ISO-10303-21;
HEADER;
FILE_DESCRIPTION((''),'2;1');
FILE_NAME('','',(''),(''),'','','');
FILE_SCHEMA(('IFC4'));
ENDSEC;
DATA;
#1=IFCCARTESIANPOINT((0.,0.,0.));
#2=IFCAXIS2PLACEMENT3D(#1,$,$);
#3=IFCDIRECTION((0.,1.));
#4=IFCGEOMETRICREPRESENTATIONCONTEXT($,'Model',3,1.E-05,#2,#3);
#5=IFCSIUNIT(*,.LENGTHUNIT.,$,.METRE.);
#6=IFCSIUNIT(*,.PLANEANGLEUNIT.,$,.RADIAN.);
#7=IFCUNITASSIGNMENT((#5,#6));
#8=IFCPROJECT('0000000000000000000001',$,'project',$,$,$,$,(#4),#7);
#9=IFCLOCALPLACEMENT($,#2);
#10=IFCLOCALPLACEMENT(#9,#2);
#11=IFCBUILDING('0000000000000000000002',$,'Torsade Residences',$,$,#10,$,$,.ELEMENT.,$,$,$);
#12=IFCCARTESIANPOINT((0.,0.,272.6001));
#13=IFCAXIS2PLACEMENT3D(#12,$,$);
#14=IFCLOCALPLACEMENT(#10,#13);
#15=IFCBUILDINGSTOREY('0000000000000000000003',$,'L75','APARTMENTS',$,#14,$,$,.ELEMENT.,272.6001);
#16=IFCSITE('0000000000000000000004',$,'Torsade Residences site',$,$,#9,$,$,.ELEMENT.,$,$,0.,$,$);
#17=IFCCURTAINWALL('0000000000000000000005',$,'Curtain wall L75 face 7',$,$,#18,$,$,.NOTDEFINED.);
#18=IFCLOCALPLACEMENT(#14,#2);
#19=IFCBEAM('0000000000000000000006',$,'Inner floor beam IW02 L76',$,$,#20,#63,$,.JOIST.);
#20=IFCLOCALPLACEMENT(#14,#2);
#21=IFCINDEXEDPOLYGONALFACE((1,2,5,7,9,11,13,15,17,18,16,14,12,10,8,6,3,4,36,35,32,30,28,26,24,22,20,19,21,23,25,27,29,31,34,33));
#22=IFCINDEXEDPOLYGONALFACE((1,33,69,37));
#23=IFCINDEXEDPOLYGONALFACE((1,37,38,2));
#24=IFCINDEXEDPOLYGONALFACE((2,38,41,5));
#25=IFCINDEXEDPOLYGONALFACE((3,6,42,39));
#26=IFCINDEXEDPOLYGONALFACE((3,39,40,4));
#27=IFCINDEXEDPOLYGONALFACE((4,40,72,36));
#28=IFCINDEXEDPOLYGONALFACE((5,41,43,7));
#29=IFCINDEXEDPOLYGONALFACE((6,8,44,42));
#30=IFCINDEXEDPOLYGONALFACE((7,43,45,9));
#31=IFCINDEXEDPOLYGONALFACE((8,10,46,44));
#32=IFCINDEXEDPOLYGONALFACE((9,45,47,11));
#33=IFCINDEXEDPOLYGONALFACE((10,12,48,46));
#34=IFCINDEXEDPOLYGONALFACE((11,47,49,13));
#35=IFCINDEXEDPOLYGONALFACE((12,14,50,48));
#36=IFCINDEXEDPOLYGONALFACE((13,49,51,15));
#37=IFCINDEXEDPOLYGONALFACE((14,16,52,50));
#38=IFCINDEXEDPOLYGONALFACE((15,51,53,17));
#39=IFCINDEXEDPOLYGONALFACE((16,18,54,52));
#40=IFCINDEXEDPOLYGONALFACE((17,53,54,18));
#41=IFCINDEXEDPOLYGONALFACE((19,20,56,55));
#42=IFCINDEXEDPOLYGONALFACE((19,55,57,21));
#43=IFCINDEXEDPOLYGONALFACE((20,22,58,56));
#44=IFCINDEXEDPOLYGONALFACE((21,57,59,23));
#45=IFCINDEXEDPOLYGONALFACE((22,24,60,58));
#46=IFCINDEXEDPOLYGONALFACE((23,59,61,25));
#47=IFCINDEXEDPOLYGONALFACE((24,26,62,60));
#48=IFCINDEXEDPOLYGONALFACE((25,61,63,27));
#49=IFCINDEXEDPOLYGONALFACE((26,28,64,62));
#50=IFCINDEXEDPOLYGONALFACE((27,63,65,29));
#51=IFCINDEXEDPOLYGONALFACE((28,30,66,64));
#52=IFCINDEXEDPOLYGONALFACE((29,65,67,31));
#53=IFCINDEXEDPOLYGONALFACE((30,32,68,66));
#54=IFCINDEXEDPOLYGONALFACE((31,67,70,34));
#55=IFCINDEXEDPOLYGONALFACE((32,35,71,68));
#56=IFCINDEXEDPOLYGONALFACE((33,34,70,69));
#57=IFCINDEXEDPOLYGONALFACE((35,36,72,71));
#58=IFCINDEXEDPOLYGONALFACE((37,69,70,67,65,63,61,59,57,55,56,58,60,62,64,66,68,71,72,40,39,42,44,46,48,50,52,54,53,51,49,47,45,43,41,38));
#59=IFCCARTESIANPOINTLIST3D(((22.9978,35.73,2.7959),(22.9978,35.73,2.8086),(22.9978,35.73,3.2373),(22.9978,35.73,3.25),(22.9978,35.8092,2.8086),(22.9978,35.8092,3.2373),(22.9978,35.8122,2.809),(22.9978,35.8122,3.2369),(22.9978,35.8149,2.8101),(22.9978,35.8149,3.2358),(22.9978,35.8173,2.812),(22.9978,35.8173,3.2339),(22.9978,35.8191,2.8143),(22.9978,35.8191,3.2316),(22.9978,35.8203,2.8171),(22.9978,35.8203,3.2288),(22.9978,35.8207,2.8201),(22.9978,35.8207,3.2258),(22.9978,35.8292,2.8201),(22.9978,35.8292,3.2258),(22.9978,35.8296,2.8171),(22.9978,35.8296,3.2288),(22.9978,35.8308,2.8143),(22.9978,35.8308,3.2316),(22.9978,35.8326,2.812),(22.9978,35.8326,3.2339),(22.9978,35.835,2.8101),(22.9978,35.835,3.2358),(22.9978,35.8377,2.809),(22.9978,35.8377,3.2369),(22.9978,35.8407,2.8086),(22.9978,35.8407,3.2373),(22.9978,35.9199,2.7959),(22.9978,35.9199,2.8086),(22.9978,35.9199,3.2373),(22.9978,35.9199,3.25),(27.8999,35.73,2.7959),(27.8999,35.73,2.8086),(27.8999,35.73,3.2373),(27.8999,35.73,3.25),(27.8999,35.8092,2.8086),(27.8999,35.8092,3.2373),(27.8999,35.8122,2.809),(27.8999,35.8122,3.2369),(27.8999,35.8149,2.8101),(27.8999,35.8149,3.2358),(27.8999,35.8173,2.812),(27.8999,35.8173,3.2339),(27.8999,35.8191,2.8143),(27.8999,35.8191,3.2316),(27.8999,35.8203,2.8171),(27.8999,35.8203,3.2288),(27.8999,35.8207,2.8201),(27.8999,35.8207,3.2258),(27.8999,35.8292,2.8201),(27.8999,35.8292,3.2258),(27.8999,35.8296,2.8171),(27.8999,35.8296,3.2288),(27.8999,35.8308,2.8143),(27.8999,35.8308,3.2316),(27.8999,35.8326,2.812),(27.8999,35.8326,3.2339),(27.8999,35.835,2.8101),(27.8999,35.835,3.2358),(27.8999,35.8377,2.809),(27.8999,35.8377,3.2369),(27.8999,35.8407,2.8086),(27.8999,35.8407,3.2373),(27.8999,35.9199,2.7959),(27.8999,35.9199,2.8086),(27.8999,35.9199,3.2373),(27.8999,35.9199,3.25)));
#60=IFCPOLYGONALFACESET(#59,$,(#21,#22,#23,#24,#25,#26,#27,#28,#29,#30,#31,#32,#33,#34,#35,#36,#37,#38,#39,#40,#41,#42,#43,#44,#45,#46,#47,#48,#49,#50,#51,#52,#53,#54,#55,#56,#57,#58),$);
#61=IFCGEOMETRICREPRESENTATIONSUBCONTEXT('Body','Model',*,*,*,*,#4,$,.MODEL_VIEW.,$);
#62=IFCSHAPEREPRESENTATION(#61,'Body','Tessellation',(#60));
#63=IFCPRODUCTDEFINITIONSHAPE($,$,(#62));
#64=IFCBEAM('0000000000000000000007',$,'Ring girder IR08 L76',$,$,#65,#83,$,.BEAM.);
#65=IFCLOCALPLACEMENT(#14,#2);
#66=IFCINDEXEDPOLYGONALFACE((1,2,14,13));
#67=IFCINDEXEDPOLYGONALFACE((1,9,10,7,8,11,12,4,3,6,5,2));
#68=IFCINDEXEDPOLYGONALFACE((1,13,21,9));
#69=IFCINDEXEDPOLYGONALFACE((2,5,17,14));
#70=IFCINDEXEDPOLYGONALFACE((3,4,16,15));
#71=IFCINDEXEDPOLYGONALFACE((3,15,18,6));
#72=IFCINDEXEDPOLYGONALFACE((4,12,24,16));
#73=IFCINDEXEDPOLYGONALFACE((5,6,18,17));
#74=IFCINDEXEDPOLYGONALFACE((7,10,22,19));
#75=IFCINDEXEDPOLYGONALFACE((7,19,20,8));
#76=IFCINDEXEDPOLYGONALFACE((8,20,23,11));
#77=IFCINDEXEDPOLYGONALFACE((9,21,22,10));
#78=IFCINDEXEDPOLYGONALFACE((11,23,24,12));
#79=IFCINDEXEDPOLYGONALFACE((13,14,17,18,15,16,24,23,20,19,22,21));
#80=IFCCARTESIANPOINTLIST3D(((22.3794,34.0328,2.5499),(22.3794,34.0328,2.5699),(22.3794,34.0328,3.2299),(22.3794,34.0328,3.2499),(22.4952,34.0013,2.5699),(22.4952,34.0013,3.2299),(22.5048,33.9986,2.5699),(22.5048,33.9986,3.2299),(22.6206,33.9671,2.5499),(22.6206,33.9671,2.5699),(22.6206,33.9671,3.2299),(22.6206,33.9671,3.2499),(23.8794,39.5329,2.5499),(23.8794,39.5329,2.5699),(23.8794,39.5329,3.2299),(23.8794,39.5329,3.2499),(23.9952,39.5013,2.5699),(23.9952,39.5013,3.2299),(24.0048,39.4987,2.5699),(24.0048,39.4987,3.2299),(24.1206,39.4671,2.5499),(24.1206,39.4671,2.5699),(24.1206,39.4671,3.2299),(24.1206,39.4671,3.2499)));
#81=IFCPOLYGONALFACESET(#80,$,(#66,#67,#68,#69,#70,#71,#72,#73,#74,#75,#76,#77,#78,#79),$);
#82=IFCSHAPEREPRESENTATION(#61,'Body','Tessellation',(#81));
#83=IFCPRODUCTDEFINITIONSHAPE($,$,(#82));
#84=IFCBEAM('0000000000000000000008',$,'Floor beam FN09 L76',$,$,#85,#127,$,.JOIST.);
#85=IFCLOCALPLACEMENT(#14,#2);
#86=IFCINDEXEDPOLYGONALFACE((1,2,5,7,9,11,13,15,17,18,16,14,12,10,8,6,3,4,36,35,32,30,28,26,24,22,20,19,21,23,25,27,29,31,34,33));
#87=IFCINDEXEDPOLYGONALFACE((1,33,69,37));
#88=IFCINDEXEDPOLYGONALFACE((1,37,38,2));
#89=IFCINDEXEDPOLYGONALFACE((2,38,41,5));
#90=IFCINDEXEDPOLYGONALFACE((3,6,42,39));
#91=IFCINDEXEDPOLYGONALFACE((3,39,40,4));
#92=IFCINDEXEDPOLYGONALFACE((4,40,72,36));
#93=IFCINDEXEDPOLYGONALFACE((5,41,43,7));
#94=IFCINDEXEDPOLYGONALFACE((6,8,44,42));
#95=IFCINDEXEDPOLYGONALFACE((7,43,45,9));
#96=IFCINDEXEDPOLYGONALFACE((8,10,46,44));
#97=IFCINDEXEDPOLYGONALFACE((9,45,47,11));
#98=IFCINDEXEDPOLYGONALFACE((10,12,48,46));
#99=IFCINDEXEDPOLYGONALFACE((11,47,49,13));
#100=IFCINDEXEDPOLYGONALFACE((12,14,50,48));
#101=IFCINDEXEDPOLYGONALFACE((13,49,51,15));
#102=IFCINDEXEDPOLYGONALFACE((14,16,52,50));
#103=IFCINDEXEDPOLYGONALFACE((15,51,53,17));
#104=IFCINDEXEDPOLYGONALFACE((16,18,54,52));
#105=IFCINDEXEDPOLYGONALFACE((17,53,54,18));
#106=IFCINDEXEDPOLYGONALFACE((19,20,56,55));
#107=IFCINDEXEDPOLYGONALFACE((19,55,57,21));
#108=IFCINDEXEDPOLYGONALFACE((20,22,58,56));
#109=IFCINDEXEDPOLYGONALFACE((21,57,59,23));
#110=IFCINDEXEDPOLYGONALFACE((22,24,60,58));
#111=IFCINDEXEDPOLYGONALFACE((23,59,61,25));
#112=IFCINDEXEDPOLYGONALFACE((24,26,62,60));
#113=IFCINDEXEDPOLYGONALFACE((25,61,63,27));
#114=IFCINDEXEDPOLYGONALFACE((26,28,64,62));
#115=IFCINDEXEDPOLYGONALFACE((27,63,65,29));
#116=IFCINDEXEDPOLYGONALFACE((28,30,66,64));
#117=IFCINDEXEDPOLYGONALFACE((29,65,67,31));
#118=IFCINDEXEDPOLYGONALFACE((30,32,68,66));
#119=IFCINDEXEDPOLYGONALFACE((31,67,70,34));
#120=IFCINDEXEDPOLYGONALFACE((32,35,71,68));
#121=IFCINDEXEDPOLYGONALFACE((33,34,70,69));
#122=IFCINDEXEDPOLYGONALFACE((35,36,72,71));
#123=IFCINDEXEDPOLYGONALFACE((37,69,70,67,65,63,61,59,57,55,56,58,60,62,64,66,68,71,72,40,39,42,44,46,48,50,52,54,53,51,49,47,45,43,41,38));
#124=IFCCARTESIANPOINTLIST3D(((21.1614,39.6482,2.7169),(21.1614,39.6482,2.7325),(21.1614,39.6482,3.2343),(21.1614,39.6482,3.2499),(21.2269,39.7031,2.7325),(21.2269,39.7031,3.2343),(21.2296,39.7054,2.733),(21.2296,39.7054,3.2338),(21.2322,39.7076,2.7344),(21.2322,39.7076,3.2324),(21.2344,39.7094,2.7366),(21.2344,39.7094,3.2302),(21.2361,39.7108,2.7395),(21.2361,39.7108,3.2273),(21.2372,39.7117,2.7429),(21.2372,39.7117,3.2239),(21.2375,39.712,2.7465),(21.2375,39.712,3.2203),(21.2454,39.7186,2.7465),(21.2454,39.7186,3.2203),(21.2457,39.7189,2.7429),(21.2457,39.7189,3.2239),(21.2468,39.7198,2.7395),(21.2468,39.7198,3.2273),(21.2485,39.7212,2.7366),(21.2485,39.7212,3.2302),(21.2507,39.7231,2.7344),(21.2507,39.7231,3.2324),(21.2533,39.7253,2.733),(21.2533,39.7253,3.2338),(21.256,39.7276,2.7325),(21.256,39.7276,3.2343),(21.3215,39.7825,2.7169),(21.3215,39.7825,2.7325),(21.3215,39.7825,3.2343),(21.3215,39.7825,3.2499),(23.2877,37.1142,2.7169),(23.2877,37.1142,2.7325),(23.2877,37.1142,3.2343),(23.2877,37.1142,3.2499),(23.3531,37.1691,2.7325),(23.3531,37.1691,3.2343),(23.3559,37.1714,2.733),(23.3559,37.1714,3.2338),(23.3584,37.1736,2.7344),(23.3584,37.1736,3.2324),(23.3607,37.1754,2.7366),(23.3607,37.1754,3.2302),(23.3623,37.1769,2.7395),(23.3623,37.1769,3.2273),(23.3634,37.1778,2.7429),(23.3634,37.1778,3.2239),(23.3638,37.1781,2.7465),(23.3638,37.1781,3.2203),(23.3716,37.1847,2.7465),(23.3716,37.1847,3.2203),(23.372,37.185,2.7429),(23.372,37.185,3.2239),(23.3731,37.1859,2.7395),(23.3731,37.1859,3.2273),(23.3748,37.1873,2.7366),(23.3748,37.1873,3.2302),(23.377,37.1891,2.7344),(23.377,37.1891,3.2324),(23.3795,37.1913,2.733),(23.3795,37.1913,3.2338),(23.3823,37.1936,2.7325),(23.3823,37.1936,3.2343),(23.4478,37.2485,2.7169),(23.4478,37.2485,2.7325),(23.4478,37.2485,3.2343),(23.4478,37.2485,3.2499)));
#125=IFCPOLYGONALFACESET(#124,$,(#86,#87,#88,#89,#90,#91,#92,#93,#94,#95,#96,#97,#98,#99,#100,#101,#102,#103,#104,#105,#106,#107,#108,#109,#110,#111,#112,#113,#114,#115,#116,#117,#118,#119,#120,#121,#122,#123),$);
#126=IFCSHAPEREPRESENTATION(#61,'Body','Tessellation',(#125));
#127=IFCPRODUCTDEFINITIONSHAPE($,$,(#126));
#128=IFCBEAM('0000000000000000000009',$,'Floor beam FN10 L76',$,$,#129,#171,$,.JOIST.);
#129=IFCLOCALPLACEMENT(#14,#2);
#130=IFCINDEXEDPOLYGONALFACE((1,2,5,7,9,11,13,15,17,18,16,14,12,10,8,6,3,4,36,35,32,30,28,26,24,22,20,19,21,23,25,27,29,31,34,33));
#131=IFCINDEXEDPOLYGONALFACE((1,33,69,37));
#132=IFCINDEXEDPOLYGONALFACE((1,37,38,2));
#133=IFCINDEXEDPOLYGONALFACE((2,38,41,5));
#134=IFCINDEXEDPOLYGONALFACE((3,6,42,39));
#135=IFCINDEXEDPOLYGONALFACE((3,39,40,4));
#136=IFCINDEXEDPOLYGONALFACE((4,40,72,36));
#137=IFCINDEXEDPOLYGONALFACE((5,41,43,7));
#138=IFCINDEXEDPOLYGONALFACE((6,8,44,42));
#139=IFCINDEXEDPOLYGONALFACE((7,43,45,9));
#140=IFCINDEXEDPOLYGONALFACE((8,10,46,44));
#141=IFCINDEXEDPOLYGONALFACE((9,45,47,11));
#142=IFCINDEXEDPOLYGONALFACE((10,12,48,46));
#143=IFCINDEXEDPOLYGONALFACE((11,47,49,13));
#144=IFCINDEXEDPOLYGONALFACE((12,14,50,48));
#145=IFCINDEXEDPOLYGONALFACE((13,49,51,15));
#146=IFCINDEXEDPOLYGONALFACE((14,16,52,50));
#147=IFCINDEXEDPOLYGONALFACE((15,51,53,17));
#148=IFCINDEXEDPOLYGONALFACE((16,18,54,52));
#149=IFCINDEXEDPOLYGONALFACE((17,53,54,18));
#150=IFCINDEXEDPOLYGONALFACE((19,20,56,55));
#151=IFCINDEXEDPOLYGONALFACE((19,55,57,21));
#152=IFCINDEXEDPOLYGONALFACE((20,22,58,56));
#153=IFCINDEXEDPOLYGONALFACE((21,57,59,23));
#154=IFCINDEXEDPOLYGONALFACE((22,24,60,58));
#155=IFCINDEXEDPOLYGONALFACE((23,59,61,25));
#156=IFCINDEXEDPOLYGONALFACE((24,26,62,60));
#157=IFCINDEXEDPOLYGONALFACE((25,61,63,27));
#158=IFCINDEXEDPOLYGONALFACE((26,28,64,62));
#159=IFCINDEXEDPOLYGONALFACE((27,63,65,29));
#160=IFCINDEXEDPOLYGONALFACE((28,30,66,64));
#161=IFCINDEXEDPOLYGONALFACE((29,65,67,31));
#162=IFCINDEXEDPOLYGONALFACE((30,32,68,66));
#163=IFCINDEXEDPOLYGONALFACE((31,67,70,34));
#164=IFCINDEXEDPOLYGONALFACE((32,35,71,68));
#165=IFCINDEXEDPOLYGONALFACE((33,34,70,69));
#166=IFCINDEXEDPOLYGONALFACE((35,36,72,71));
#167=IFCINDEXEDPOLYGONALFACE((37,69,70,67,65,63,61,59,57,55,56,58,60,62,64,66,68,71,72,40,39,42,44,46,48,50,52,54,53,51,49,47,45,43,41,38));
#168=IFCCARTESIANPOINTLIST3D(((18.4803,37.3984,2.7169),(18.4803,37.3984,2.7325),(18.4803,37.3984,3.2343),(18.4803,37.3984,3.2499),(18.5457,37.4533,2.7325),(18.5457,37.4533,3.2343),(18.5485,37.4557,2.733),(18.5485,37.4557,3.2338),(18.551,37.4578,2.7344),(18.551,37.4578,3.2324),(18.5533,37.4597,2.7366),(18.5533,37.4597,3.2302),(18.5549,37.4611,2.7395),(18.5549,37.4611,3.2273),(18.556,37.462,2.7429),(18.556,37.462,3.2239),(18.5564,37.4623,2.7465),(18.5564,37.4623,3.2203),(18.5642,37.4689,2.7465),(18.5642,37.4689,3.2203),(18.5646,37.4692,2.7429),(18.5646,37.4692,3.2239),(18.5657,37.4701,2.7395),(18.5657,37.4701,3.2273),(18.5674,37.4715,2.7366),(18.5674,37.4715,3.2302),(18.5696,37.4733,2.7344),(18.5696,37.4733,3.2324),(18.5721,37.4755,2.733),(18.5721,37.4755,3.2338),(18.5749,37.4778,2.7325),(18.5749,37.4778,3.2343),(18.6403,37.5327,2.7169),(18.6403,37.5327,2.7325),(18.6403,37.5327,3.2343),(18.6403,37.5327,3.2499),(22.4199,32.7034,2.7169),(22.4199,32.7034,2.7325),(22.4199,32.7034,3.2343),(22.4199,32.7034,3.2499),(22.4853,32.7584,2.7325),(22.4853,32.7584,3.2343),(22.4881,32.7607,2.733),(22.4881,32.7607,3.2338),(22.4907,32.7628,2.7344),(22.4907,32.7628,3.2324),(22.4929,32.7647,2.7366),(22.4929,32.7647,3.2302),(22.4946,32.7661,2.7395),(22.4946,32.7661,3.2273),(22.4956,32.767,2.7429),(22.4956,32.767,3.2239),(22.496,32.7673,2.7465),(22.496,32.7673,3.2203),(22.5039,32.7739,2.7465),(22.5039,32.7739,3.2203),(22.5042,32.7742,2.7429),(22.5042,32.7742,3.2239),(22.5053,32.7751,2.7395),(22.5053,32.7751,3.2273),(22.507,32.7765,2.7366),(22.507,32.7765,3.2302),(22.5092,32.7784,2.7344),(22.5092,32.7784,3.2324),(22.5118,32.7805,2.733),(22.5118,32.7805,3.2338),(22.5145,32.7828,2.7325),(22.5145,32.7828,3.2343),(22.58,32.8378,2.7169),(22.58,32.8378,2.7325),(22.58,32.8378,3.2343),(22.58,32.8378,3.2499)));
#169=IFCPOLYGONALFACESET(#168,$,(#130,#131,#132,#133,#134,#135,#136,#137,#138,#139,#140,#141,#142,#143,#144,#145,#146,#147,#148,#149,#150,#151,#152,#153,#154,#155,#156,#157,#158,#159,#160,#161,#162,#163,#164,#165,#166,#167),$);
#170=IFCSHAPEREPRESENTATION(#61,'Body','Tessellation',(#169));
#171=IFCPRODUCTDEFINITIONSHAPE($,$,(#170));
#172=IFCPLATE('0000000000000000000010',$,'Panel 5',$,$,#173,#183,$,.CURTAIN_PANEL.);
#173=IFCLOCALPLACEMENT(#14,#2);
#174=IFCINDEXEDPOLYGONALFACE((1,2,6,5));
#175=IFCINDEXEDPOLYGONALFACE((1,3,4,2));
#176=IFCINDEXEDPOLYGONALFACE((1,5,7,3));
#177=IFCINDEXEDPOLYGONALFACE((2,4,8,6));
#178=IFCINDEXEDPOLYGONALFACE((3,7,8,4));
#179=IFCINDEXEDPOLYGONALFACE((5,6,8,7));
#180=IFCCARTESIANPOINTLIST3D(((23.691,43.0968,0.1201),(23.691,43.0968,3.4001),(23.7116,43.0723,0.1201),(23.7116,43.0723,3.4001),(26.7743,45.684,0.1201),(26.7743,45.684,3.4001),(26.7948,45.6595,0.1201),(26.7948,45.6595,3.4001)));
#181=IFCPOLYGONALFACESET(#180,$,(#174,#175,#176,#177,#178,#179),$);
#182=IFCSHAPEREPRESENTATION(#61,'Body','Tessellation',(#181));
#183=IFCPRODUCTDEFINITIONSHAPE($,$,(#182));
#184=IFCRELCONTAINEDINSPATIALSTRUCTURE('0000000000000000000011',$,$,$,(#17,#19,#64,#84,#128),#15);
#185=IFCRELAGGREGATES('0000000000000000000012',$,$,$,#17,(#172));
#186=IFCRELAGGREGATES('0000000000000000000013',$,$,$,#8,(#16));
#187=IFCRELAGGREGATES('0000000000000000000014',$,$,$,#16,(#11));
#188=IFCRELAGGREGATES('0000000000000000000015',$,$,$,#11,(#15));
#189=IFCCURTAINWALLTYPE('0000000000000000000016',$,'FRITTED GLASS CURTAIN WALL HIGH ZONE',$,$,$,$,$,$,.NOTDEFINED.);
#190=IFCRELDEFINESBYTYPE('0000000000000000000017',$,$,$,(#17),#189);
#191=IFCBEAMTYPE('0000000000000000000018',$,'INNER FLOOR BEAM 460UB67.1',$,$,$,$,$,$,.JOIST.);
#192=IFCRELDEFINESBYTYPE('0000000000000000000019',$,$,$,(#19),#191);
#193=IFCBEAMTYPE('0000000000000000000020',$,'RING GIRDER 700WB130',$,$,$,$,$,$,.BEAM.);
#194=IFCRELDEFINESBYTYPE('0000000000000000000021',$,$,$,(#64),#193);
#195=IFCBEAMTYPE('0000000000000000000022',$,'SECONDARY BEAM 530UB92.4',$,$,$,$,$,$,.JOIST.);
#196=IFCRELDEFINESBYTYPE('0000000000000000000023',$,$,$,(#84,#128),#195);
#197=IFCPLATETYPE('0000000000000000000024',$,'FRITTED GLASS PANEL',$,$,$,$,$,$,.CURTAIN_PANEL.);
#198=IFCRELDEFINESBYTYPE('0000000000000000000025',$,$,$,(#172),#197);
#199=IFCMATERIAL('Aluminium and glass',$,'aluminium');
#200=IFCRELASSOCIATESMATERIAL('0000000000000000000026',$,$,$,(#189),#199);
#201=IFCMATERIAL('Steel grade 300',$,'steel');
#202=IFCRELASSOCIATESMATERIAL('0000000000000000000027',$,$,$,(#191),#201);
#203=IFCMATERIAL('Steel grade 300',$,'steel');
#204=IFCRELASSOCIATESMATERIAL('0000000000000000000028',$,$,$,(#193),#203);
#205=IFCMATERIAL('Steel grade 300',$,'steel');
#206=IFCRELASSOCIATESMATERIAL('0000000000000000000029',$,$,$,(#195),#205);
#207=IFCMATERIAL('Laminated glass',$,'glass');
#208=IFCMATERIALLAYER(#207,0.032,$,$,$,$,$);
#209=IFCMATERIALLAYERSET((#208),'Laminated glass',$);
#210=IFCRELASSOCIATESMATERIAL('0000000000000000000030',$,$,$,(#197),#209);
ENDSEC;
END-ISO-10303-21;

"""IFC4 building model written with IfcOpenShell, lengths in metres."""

from ifc_helpers import new_model, si_unit, direction, frame, origin, origin_2d, place, context, subcontext, project, spatial, rectangle, i_section, extrude, material, layer, layer_set, material_profile, profile_set, type_object, element, aggregate, save


model = new_model("IFC4")

# Units and contexts
model_context = context("Model", 3, precision=1e-05, world=origin(), true_north=direction((0.0, 1.0)))
body_context = subcontext(model_context, "Body", "Model", "MODEL_VIEW")
ifc_project = project(units=[si_unit("LENGTHUNIT", "METRE"), si_unit("PLANEANGLEUNIT", "RADIAN")], contexts=[model_context])

# Site, building, storey
site_placement = place(None, origin())
site = spatial("IfcSite", under=ifc_project, at=site_placement, Name="Torsade Residences site", CompositionType="ELEMENT", RefElevation=0.0)
building_placement = place(site_placement, origin())
building = spatial("IfcBuilding", under=site, at=building_placement, Name="Torsade Residences", CompositionType="ELEMENT")
storey_placement = place(building_placement, frame((0.0, 0.0, 272.6001)))
storey = spatial("IfcBuildingStorey", under=building, at=storey_placement, Name="L75", Description="APARTMENTS", CompositionType="ELEMENT", Elevation=272.6001)

# Curtain wall
ifc_material_1 = material(Name="Aluminium and glass", Category="aluminium")
curtain_wall_type = type_object("IfcCurtainWallType", Name="FRITTED GLASS CURTAIN WALL HIGH ZONE", PredefinedType="NOTDEFINED", material=ifc_material_1)
curtain_wall_placement = place(storey_placement, origin())
curtain_wall = element("IfcCurtainWall", 1, at=curtain_wall_placement, inside=storey, type_object=curtain_wall_type, Name="Curtain wall L75 face 7", PredefinedType="NOTDEFINED")

# Beams
ifc_material_2 = material(Name="Steel grade 300", Category="steel")
ifc_material_profile_1 = material_profile(ifc_material_2, i_section(OverallWidth=0.1899, OverallDepth=0.4541, WebThickness=0.0085, FlangeThickness=0.0127, FilletRadius=0.0115, at=origin_2d()), Name="460UB67.1")
ifc_profile_set_1 = profile_set([ifc_material_profile_1], Name="Steel grade 300")
beam_type_1 = type_object("IfcBeamType", Name="INNER FLOOR BEAM 460UB67.1", PredefinedType="JOIST", material=ifc_profile_set_1)
beam_1_placement = place(storey_placement, frame((27.8999, 35.825, 3.0229), z_axis=(-1.0, 0.0, 0.0), x_axis=(0.0, -1.0, 0.0)))
element("IfcBeam", 2, at=beam_1_placement, inside=storey, type_object=beam_type_1, Name="Inner floor beam IW02 L76", PredefinedType="JOIST", context=body_context, shape_type="SweptSolid", body=[
    extrude(i_section(OverallWidth=0.1899, OverallDepth=0.4541, WebThickness=0.0085, FlangeThickness=0.0127, FilletRadius=0.0115, at=origin_2d()), origin(), (0.0, 0.0, 1.0), 4.9021),
])
ifc_material_3 = material(Name="Steel grade 300", Category="steel")
ifc_material_profile_2 = material_profile(ifc_material_3, i_section(OverallWidth=0.25, OverallDepth=0.7, WebThickness=0.01, FlangeThickness=0.02, at=origin_2d()), Name="700WB130")
ifc_profile_set_2 = profile_set([ifc_material_profile_2], Name="Steel grade 300")
beam_type_2 = type_object("IfcBeamType", Name="RING GIRDER 700WB130", PredefinedType="BEAM", material=ifc_profile_set_2)
beam_2_placement = place(storey_placement, frame((24.0, 39.5, 2.8999), z_axis=(-0.263117, -0.964764, 0.0), x_axis=(0.964764, -0.263117, 0.0)))
element("IfcBeam", 3, at=beam_2_placement, inside=storey, type_object=beam_type_2, Name="Ring girder IR08 L76", PredefinedType="BEAM", context=body_context, shape_type="SweptSolid", body=[
    extrude(i_section(OverallWidth=0.25, OverallDepth=0.7, WebThickness=0.01, FlangeThickness=0.02, at=origin_2d()), origin(), (0.0, 0.0, 1.0), 5.7009),
])
ifc_material_4 = material(Name="Steel grade 300", Category="steel")
ifc_material_profile_3 = material_profile(ifc_material_4, i_section(OverallWidth=0.209, OverallDepth=0.533, WebThickness=0.0103, FlangeThickness=0.0156, FilletRadius=0.0139, at=origin_2d()), Name="530UB92.4")
ifc_profile_set_3 = profile_set([ifc_material_profile_3], Name="Steel grade 300")
beam_type_3 = type_object("IfcBeamType", Name="SECONDARY BEAM 530UB92.4", PredefinedType="JOIST", material=ifc_profile_set_3)
beam_3_placement = place(storey_placement, frame((21.2415, 39.7153, 2.9834), z_axis=(0.642787, -0.766045, 0.0), x_axis=(0.766045, 0.642787, 0.0)))
element("IfcBeam", 4, at=beam_3_placement, inside=storey, type_object=beam_type_3, Name="Floor beam FN09 L76", PredefinedType="JOIST", context=body_context, shape_type="SweptSolid", body=[
    extrude(i_section(OverallWidth=0.209, OverallDepth=0.533, WebThickness=0.0103, FlangeThickness=0.0156, FilletRadius=0.0139, at=origin_2d()), origin(), (0.0, 0.0, 1.0), 3.3079),
])
beam_4_placement = place(storey_placement, frame((18.5603, 37.4656, 2.9834), z_axis=(0.642794, -0.766039, 0.0), x_axis=(0.766039, 0.642794, 0.0)))
element("IfcBeam", 5, at=beam_4_placement, inside=storey, type_object=beam_type_3, Name="Floor beam FN10 L76", PredefinedType="JOIST", context=body_context, shape_type="SweptSolid", body=[
    extrude(i_section(OverallWidth=0.209, OverallDepth=0.533, WebThickness=0.0103, FlangeThickness=0.0156, FilletRadius=0.0139, at=origin_2d()), origin(), (0.0, 0.0, 1.0), 6.1289),
])

# Plate
ifc_material_5 = material(Name="Laminated glass", Category="glass")
ifc_layer_1 = layer(ifc_material_5, 0.032)
ifc_layer_set_1 = layer_set([ifc_layer_1], Name="Laminated glass")
plate_type_1 = type_object("IfcPlateType", Name="FRITTED GLASS PANEL", PredefinedType="CURTAIN_PANEL", material=ifc_layer_set_1)
plate_1_placement = place(storey_placement, frame((25.2429, 44.3782, 0.1201), z_axis=(0.0, 0.0, 1.0), x_axis=(-0.766044, -0.642788, 0.0)))
plate_1 = element("IfcPlate", 6, at=plate_1_placement, type_object=plate_type_1, Name="Panel 5", PredefinedType="CURTAIN_PANEL", context=body_context, shape_type="SweptSolid", body=[
    extrude(rectangle(XDim=4.0249, YDim=0.032, at=origin_2d()), origin(), (0.0, 0.0, 1.0), 3.28),
])
aggregate(curtain_wall, [plate_1])

save(model, "model.ifc")
